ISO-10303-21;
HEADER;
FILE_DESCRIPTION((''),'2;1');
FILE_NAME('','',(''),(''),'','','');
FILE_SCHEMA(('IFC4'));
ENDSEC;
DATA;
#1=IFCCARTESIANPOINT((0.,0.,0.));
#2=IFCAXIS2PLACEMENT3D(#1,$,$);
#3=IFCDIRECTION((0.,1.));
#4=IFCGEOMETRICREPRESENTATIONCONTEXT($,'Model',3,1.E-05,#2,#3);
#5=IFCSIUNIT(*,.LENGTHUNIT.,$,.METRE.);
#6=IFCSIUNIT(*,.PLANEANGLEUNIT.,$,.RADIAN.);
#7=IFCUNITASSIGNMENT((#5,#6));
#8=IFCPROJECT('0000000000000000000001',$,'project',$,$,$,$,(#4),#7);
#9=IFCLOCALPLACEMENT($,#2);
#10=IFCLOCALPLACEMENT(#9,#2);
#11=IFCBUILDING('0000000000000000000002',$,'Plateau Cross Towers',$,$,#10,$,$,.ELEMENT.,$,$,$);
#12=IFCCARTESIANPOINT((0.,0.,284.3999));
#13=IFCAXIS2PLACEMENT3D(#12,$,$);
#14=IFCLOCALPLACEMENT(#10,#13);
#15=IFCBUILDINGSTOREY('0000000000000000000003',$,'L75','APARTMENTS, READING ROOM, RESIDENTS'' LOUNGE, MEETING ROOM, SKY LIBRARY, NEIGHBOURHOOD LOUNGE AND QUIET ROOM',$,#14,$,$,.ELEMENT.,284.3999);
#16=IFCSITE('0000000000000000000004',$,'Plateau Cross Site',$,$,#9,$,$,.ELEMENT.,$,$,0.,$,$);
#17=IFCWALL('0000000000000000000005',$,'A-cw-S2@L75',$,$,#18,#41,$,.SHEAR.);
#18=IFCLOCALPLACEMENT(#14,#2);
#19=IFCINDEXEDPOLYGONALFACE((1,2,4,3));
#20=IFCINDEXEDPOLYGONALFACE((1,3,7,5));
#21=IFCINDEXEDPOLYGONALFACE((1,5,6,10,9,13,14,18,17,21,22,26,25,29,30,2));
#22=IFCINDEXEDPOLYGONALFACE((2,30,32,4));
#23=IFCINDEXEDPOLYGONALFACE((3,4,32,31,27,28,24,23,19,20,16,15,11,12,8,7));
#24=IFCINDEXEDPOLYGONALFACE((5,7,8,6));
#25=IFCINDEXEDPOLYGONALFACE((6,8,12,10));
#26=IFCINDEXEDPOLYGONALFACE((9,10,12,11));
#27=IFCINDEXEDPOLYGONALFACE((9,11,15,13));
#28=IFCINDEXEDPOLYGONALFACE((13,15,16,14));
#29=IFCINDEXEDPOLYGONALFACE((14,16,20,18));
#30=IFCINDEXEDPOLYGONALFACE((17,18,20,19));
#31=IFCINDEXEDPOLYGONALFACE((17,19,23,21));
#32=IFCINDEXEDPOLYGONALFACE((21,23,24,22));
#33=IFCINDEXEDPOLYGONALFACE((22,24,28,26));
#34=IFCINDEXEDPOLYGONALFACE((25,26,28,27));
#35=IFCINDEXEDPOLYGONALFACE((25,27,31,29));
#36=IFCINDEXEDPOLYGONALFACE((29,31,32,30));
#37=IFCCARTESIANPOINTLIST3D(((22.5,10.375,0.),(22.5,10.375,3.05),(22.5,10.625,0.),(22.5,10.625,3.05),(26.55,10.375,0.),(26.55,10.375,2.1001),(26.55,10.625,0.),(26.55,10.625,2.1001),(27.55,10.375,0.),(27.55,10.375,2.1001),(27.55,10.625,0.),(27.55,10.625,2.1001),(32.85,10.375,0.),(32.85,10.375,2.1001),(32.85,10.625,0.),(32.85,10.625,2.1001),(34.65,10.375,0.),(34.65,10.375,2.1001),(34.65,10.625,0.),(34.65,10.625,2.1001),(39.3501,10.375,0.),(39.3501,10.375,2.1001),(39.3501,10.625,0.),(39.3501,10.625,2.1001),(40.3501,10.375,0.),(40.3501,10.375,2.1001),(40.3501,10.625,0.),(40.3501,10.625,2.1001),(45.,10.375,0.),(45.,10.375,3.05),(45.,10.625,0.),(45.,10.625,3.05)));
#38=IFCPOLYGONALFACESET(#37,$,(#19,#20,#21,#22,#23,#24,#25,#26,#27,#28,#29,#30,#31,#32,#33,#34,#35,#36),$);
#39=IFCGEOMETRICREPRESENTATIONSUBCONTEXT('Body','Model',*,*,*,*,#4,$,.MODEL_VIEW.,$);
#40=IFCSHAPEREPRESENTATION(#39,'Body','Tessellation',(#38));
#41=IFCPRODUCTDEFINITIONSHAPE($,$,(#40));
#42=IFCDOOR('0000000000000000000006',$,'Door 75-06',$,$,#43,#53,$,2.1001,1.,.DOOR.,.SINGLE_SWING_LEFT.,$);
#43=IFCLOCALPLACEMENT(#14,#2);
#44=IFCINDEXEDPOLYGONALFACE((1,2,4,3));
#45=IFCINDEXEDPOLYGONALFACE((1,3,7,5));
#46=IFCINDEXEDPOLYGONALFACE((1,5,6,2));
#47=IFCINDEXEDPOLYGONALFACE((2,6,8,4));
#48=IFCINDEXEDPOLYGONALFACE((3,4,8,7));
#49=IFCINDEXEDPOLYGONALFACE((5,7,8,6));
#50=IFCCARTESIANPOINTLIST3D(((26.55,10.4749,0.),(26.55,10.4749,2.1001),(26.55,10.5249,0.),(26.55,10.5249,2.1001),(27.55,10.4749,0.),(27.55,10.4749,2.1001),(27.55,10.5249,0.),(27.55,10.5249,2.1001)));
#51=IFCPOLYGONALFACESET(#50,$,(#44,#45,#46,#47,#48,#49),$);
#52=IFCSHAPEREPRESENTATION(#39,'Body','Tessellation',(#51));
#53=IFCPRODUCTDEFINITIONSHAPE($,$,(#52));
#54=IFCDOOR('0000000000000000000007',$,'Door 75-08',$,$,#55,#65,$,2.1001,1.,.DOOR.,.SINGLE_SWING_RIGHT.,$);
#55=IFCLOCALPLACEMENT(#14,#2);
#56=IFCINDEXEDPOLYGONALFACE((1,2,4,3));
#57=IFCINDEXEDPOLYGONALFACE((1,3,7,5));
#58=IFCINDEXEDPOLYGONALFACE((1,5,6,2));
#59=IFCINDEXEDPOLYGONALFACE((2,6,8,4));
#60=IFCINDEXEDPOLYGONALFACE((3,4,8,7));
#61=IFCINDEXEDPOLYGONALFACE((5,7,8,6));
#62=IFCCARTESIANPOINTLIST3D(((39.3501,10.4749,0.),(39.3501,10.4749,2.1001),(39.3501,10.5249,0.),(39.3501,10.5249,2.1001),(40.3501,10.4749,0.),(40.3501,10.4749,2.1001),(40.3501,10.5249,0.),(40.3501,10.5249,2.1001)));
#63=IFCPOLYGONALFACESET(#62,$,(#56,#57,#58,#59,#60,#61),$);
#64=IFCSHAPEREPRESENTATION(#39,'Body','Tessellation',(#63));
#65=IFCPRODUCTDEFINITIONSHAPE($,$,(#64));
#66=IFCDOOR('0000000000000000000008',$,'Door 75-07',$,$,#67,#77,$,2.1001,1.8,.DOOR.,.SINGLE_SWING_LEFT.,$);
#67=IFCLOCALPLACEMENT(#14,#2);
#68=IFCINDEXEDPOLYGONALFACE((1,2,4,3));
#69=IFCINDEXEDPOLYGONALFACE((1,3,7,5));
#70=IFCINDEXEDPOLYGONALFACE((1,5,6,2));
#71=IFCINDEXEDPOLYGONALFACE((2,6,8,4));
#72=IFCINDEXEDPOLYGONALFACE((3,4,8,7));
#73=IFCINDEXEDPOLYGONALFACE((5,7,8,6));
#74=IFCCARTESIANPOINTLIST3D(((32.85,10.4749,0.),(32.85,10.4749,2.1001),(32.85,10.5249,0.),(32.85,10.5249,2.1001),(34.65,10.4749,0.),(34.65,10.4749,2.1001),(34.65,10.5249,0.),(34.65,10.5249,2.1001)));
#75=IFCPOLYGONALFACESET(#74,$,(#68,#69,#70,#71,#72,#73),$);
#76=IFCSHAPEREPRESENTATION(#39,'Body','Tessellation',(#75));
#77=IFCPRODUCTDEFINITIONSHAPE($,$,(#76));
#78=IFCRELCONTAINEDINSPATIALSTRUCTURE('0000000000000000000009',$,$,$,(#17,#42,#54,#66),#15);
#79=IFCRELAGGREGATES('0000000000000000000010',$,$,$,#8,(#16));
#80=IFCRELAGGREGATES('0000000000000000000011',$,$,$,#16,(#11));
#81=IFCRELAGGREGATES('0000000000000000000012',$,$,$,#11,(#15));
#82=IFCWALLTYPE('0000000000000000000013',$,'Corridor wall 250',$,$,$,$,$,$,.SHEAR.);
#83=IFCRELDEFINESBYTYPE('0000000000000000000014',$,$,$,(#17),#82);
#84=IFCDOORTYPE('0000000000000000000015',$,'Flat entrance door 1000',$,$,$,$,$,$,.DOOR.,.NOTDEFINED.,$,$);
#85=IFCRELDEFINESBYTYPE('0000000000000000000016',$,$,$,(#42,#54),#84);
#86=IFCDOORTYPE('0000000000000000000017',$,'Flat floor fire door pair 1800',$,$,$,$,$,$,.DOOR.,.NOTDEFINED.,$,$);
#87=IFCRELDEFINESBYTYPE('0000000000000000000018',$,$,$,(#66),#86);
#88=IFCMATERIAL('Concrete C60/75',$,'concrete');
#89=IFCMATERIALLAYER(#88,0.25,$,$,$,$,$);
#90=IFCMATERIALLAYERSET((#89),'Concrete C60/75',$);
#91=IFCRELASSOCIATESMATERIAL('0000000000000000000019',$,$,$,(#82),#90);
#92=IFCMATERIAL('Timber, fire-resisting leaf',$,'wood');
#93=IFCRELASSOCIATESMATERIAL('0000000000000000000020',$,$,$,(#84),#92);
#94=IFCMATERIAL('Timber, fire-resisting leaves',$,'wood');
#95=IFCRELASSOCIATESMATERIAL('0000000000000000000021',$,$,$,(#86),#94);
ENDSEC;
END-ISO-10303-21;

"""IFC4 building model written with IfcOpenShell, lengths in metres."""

from ifc_helpers import new_model, si_unit, direction, frame, frame_2d, origin, place, context, subcontext, project, spatial, rectangle, extrude, material, layer, layer_set, type_object, element, fill, save


model = new_model("IFC4")

# Units and contexts
model_context = context("Model", 3, precision=1e-05, world=origin(), true_north=direction((0.0, 1.0)))
body_context = subcontext(model_context, "Body", "Model", "MODEL_VIEW")
ifc_project = project(units=[si_unit("LENGTHUNIT", "METRE"), si_unit("PLANEANGLEUNIT", "RADIAN")], contexts=[model_context])

# Site, building, storey
site_placement = place(None, origin())
site = spatial("IfcSite", under=ifc_project, at=site_placement, Name="Plateau Cross Site", CompositionType="ELEMENT", RefElevation=0.0)
building_placement = place(site_placement, origin())
building = spatial("IfcBuilding", under=site, at=building_placement, Name="Plateau Cross Towers", CompositionType="ELEMENT")
storey_placement = place(building_placement, frame((0.0, 0.0, 284.3999)))
storey = spatial("IfcBuildingStorey", under=building, at=storey_placement, Name="L75", Description="APARTMENTS, READING ROOM, RESIDENTS' LOUNGE, MEETING ROOM, SKY LIBRARY, NEIGHBOURHOOD LOUNGE AND QUIET ROOM", CompositionType="ELEMENT", Elevation=284.3999)

# Shared definitions
ifc_material_1 = material(Name="Concrete C60/75", Category="concrete")

# Wall, openings, doors
ifc_layer_1 = layer(ifc_material_1, 0.25)
ifc_layer_set_1 = layer_set([ifc_layer_1], Name="Concrete C60/75")
wall_type_1 = type_object("IfcWallType", Name="Corridor wall 250", PredefinedType="SHEAR", material=ifc_layer_set_1)
ifc_material_2 = material(Name="Timber, fire-resisting leaf", Category="wood")
door_type_1 = type_object("IfcDoorType", Name="Flat entrance door 1000", OperationType="NOTDEFINED", PredefinedType="DOOR", material=ifc_material_2)
wall_1_placement = place(storey_placement, frame((22.5, 10.5, 0.0), z_axis=(0.0, 0.0, 1.0), x_axis=(1.0, 0.0, 0.0)))
wall_1 = element("IfcWall", 1, at=wall_1_placement, inside=storey, type_object=wall_type_1, Name="A-cw-S2@L75", PredefinedType="SHEAR", context=body_context, shape_type="SweptSolid", body=[
    extrude(rectangle(XDim=22.5, YDim=0.25, at=frame_2d((11.25, 0.0))), origin(), (0.0, 0.0, 1.0), 3.05),
])
opening_1_placement = place(wall_1_placement, frame((4.05, 0.0, 0.0)))
opening_1 = element("IfcOpeningElement", 2, at=opening_1_placement, cuts=wall_1, PredefinedType="OPENING", context=body_context, shape_type="SweptSolid", body=[
    extrude(rectangle(XDim=1.0, YDim=2.1001, at=frame_2d((0.5, 1.05))), frame((0.0, 0.135, 0.0), z_axis=(0.0, -1.0, 0.0), x_axis=(1.0, 0.0, 0.0)), (0.0, 0.0, 1.0), 0.27),
])
opening_2_placement = place(wall_1_placement, frame((10.3501, 0.0, 0.0)))
opening_2 = element("IfcOpeningElement", 3, at=opening_2_placement, cuts=wall_1, PredefinedType="OPENING", context=body_context, shape_type="SweptSolid", body=[
    extrude(rectangle(XDim=1.8, YDim=2.1001, at=frame_2d((0.8999, 1.05))), frame((0.0, 0.135, 0.0), z_axis=(0.0, -1.0, 0.0), x_axis=(1.0, 0.0, 0.0)), (0.0, 0.0, 1.0), 0.27),
])
opening_3_placement = place(wall_1_placement, frame((16.8501, 0.0, 0.0)))
opening_3 = element("IfcOpeningElement", 4, at=opening_3_placement, cuts=wall_1, PredefinedType="OPENING", context=body_context, shape_type="SweptSolid", body=[
    extrude(rectangle(XDim=1.0, YDim=2.1001, at=frame_2d((0.5, 1.05))), frame((0.0, 0.135, 0.0), z_axis=(0.0, -1.0, 0.0), x_axis=(1.0, 0.0, 0.0)), (0.0, 0.0, 1.0), 0.27),
])
door_1_placement = place(opening_1_placement, origin())
door_1 = element("IfcDoor", 5, at=door_1_placement, inside=storey, type_object=door_type_1, Name="Door 75-06", OperationType="SINGLE_SWING_LEFT", OverallHeight=2.1001, OverallWidth=1.0, PredefinedType="DOOR", context=body_context, shape_type="SweptSolid", body=[
    extrude(rectangle(XDim=1.0, YDim=2.1001, at=frame_2d((0.5, 1.05))), frame((0.0, 0.0249, 0.0), z_axis=(0.0, -1.0, 0.0), x_axis=(1.0, 0.0, 0.0)), (0.0, 0.0, 1.0), 0.05),
])
fill(opening_1, door_1)
door_2_placement = place(opening_3_placement, origin())
door_2 = element("IfcDoor", 6, at=door_2_placement, inside=storey, type_object=door_type_1, Name="Door 75-08", OperationType="SINGLE_SWING_RIGHT", OverallHeight=2.1001, OverallWidth=1.0, PredefinedType="DOOR", context=body_context, shape_type="SweptSolid", body=[
    extrude(rectangle(XDim=1.0, YDim=2.1001, at=frame_2d((0.5, 1.05))), frame((0.0, 0.0249, 0.0), z_axis=(0.0, -1.0, 0.0), x_axis=(1.0, 0.0, 0.0)), (0.0, 0.0, 1.0), 0.05),
])
fill(opening_3, door_2)
ifc_material_3 = material(Name="Timber, fire-resisting leaves", Category="wood")
door_type_2 = type_object("IfcDoorType", Name="Flat floor fire door pair 1800", OperationType="NOTDEFINED", PredefinedType="DOOR", material=ifc_material_3)
door_3_placement = place(opening_2_placement, origin())
door_3 = element("IfcDoor", 7, at=door_3_placement, inside=storey, type_object=door_type_2, Name="Door 75-07", OperationType="SINGLE_SWING_LEFT", OverallHeight=2.1001, OverallWidth=1.8, PredefinedType="DOOR", context=body_context, shape_type="SweptSolid", body=[
    extrude(rectangle(XDim=1.8, YDim=2.1001, at=frame_2d((0.8999, 1.05))), frame((0.0, 0.0249, 0.0), z_axis=(0.0, -1.0, 0.0), x_axis=(1.0, 0.0, 0.0)), (0.0, 0.0, 1.0), 0.05),
])
fill(opening_2, door_3)

save(model, "model.ifc")
